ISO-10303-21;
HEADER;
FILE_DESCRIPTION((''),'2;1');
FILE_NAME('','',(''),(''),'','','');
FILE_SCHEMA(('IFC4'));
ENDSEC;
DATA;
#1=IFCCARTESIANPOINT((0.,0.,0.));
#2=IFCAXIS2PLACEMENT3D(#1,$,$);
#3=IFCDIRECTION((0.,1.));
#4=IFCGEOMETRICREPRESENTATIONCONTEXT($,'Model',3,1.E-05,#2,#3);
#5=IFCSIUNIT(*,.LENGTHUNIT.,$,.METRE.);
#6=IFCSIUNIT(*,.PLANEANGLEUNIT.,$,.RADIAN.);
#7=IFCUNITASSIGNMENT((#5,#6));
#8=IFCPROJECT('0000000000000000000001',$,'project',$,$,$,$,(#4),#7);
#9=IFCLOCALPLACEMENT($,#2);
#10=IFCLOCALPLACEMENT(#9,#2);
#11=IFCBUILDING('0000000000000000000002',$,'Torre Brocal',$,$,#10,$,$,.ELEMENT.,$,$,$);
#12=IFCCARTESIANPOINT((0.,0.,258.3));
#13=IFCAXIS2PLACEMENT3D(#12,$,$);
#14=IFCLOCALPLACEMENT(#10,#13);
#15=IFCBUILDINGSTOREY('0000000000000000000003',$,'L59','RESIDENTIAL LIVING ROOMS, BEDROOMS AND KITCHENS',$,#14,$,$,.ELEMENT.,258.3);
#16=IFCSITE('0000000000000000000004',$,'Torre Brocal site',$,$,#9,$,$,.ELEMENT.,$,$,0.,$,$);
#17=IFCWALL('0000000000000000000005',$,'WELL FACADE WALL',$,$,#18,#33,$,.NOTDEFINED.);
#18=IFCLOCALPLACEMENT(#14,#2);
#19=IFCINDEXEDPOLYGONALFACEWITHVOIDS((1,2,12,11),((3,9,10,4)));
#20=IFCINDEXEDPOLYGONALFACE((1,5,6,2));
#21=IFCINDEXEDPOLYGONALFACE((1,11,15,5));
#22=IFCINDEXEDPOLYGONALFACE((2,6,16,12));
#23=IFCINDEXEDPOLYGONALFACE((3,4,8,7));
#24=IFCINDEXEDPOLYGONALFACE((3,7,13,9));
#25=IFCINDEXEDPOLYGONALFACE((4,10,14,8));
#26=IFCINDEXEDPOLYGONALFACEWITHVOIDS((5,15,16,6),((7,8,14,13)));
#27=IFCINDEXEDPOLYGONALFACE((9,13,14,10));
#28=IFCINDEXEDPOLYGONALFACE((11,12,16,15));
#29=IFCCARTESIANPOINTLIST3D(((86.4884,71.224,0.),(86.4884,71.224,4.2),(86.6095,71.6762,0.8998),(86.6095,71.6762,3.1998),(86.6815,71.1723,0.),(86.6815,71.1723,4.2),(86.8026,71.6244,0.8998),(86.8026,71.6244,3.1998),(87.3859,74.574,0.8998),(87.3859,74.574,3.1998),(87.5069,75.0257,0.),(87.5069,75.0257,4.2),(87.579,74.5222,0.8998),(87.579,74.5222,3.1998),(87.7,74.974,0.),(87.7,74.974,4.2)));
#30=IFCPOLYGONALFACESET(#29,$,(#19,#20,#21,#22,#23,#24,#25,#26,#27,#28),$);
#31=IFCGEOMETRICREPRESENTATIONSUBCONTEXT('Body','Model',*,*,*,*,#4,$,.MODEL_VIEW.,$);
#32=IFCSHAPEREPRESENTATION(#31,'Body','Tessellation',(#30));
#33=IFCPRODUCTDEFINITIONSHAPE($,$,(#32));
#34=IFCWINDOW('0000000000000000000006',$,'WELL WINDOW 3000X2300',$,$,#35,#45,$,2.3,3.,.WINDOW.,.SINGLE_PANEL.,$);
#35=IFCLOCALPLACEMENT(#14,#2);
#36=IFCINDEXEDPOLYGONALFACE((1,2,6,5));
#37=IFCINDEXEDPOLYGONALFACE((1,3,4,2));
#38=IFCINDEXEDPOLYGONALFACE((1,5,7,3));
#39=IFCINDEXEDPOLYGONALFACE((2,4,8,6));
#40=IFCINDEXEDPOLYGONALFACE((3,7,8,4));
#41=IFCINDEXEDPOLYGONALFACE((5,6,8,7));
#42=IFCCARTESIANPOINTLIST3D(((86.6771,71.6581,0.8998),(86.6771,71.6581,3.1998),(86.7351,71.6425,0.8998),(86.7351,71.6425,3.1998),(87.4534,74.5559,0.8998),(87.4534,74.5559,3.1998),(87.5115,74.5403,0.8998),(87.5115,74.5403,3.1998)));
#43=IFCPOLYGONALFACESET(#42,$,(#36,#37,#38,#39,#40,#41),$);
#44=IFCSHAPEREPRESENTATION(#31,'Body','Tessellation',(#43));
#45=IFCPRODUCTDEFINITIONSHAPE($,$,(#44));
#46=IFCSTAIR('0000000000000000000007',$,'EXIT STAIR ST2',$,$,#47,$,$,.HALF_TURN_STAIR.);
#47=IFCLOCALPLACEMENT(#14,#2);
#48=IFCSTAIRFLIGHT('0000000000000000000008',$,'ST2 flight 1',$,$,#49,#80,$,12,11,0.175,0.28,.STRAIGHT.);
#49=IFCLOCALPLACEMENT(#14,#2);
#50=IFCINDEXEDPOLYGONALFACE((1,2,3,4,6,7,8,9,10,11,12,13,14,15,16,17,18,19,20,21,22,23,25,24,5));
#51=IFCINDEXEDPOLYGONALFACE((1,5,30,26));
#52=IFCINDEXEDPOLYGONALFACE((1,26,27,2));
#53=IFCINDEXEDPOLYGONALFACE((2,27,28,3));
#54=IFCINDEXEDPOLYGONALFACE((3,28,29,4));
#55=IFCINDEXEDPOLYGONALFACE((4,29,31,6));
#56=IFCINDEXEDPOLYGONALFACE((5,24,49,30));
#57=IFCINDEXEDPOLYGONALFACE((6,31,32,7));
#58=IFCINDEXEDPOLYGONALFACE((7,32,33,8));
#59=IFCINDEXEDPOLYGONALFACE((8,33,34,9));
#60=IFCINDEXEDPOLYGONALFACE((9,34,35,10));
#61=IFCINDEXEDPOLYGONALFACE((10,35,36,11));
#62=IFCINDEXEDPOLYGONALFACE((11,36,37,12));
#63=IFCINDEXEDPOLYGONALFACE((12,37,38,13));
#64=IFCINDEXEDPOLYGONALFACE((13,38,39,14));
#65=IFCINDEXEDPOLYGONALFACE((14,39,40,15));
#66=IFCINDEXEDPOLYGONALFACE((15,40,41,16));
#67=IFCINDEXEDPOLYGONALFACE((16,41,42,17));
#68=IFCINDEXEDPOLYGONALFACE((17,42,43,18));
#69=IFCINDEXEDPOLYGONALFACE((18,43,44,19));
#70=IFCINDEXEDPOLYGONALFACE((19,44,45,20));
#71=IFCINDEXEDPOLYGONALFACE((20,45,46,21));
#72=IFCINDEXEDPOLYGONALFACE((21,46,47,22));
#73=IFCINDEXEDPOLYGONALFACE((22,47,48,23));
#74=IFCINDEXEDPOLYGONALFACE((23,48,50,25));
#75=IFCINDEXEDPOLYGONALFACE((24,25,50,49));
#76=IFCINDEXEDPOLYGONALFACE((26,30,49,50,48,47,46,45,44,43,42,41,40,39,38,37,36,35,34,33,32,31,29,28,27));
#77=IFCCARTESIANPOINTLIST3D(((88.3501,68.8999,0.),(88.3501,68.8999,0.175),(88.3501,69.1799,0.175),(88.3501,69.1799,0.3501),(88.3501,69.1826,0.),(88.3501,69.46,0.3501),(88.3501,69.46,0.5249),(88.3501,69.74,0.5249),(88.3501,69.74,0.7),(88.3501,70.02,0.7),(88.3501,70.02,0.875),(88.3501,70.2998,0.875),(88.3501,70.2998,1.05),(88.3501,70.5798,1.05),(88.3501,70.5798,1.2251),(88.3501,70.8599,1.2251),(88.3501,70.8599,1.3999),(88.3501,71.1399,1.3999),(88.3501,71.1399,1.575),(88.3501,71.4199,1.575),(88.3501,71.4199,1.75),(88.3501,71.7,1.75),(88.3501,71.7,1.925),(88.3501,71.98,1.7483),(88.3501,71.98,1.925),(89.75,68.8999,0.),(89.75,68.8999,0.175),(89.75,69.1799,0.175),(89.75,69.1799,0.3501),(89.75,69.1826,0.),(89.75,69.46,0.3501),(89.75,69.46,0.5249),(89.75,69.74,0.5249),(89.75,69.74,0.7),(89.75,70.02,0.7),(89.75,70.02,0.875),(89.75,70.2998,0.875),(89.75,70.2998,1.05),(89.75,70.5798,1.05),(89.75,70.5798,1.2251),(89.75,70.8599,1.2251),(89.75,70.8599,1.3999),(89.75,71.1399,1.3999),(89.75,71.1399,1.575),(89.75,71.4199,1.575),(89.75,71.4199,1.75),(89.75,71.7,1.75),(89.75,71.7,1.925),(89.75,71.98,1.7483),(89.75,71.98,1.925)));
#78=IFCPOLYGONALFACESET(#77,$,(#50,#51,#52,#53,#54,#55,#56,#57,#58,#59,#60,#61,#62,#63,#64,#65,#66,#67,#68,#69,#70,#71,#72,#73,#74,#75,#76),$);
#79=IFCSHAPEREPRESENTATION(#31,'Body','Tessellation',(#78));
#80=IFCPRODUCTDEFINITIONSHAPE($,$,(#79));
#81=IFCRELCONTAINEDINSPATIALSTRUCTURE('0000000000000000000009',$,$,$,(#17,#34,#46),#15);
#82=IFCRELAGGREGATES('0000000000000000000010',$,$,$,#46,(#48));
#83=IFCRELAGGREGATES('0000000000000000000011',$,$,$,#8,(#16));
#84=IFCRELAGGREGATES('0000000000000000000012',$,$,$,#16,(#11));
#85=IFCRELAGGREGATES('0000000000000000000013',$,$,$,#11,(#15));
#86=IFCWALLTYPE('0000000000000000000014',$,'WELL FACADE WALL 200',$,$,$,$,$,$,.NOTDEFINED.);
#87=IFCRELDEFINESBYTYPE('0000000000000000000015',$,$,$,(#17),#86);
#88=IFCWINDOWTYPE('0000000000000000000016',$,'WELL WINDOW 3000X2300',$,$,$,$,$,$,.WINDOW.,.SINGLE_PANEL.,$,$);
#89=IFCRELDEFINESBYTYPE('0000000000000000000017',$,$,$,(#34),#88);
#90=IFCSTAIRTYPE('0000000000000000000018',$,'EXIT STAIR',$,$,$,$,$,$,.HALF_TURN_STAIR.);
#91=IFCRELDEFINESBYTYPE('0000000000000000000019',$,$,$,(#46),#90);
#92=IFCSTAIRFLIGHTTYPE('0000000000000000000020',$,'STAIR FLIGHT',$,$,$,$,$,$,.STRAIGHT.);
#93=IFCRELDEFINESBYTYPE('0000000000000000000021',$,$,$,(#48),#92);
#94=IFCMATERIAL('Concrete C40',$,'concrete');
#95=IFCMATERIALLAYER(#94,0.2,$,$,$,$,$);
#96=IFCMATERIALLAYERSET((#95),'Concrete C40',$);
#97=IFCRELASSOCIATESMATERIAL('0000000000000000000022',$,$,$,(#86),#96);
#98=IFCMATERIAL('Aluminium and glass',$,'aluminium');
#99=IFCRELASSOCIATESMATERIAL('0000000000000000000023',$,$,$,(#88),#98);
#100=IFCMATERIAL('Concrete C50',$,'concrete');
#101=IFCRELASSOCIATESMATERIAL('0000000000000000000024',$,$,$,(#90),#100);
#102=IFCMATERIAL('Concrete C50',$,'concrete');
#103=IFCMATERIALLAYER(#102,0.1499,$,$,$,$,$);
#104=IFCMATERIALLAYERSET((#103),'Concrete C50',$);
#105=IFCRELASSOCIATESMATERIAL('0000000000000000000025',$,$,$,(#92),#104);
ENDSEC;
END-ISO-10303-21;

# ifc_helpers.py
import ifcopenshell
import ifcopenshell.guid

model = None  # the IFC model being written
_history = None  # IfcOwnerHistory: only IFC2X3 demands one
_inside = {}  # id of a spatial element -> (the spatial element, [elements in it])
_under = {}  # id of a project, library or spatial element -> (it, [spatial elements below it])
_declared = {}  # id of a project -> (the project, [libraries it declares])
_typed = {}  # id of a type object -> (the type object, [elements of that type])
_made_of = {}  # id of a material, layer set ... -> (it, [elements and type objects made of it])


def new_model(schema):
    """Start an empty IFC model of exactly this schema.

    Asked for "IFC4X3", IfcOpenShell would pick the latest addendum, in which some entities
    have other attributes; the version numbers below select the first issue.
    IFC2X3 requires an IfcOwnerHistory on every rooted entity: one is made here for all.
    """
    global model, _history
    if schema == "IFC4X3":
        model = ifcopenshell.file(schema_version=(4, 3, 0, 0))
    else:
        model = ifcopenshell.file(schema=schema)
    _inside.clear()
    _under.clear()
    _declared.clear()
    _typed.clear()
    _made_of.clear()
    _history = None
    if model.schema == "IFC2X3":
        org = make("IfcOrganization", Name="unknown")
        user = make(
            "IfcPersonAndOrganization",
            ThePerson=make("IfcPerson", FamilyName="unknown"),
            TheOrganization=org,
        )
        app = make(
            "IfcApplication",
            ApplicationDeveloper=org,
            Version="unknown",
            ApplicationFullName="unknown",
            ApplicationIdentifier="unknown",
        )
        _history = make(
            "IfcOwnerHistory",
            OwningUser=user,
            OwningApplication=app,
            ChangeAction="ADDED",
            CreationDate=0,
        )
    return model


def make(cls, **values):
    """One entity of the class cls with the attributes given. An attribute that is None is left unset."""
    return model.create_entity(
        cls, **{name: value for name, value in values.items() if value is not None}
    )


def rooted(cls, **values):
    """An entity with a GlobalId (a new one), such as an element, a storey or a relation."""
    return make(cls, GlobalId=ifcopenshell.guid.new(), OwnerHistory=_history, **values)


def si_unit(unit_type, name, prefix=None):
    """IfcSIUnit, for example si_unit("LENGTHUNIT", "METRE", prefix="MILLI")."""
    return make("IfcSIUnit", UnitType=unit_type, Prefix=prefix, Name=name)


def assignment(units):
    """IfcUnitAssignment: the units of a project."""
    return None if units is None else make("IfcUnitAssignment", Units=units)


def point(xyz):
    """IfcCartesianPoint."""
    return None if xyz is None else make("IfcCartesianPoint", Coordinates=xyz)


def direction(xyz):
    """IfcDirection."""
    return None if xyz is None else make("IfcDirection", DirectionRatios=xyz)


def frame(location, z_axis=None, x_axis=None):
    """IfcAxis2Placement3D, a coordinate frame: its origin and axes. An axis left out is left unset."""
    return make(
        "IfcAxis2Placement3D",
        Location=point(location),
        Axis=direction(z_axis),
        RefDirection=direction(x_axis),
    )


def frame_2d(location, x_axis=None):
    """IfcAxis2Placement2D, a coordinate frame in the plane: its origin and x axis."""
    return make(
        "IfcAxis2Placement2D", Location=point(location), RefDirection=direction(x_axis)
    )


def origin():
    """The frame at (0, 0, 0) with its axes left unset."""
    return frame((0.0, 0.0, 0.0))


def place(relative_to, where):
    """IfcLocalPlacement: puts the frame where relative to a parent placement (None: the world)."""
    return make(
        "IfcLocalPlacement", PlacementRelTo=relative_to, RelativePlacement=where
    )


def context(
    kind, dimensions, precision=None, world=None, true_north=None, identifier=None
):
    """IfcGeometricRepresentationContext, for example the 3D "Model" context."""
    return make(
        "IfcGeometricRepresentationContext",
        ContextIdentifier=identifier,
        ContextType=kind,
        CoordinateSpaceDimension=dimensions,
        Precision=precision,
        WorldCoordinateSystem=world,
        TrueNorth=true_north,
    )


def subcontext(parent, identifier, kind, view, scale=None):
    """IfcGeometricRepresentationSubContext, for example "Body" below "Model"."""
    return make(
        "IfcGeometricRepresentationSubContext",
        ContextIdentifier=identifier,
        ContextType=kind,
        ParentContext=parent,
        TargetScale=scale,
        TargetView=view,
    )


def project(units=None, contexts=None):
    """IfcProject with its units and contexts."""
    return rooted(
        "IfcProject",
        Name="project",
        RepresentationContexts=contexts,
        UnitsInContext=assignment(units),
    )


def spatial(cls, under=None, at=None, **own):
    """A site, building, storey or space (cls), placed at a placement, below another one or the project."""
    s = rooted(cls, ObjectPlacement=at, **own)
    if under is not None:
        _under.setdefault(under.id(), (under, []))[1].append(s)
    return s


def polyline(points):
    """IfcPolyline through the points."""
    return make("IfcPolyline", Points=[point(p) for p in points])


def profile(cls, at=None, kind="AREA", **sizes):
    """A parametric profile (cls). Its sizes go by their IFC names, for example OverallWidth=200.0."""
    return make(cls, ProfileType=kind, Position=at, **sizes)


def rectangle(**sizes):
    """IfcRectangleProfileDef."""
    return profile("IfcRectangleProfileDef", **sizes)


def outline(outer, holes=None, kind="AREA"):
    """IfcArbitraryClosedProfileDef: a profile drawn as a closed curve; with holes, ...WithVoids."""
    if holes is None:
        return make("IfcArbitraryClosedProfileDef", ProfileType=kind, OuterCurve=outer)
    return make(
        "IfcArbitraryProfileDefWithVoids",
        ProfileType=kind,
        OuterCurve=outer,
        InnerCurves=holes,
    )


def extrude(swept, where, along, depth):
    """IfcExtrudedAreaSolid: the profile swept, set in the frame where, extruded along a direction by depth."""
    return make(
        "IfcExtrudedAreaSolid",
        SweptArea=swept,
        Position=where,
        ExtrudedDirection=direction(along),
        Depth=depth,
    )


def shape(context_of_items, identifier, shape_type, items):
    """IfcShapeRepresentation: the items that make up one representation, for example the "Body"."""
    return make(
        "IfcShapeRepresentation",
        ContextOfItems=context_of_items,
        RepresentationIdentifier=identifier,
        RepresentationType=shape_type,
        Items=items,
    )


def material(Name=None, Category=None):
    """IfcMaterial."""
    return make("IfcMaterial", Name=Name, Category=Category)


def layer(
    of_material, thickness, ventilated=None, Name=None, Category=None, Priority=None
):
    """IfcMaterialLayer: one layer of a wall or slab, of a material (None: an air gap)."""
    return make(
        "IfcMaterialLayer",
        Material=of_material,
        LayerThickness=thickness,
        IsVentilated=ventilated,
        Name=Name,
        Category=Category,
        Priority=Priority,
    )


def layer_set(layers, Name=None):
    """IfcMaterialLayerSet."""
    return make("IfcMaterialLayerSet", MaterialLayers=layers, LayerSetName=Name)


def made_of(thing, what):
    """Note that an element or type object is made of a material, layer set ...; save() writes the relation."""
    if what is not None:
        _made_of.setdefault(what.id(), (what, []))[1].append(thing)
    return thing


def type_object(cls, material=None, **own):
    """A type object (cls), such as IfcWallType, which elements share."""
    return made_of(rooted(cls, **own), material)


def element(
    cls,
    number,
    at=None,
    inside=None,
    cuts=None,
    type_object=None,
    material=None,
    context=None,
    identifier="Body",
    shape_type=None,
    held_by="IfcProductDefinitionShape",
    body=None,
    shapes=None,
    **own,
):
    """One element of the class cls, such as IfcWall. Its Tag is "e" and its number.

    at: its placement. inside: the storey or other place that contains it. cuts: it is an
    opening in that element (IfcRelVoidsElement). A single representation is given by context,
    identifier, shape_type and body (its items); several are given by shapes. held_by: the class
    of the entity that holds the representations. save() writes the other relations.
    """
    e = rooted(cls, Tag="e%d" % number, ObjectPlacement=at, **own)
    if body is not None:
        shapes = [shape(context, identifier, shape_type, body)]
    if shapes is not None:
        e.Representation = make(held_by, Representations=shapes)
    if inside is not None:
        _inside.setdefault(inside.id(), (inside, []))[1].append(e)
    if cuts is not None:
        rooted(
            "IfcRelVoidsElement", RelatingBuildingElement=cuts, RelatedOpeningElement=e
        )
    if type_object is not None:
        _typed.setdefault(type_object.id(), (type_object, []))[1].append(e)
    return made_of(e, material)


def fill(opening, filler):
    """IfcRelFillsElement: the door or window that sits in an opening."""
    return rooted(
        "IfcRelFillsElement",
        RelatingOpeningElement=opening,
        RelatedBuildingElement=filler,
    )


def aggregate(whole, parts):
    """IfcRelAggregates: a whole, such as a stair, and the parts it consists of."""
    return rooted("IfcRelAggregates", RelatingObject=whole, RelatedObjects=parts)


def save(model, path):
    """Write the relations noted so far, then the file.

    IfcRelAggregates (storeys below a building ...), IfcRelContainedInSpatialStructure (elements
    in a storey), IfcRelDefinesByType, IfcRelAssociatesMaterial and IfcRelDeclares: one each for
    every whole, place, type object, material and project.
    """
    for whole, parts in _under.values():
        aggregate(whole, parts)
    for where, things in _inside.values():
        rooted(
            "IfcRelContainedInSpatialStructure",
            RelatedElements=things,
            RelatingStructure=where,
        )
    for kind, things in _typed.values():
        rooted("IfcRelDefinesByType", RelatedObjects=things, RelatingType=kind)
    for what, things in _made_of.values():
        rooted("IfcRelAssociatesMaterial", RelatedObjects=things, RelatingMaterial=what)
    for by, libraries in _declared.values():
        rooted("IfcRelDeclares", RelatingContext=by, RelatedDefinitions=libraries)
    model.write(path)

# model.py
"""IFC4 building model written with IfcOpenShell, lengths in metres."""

from ifc_helpers import new_model, si_unit, direction, frame, frame_2d, origin, place, context, subcontext, project, spatial, polyline, rectangle, outline, extrude, material, layer, layer_set, type_object, element, fill, aggregate, save


model = new_model("IFC4")

# Units and contexts
model_context = context("Model", 3, precision=1e-05, world=origin(), true_north=direction((0.0, 1.0)))
body_context = subcontext(model_context, "Body", "Model", "MODEL_VIEW")
ifc_project = project(units=[si_unit("LENGTHUNIT", "METRE"), si_unit("PLANEANGLEUNIT", "RADIAN")], contexts=[model_context])

# Site, building, storey
site_placement = place(None, origin())
site = spatial("IfcSite", under=ifc_project, at=site_placement, Name="Torre Brocal site", CompositionType="ELEMENT", RefElevation=0.0)
building_placement = place(site_placement, origin())
building = spatial("IfcBuilding", under=site, at=building_placement, Name="Torre Brocal", CompositionType="ELEMENT")
storey_placement = place(building_placement, frame((0.0, 0.0, 258.3)))
storey = spatial("IfcBuildingStorey", under=building, at=storey_placement, Name="L59", Description="RESIDENTIAL LIVING ROOMS, BEDROOMS AND KITCHENS", CompositionType="ELEMENT", Elevation=258.3)

# Wall, opening, window
ifc_material_1 = material(Name="Concrete C40", Category="concrete")
ifc_layer_1 = layer(ifc_material_1, 0.2)
ifc_layer_set_1 = layer_set([ifc_layer_1], Name="Concrete C40")
wall_type_1 = type_object("IfcWallType", Name="WELL FACADE WALL 200", PredefinedType="NOTDEFINED", material=ifc_layer_set_1)
ifc_material_2 = material(Name="Aluminium and glass", Category="aluminium")
window_type = type_object("IfcWindowType", Name="WELL WINDOW 3000X2300", PartitioningType="SINGLE_PANEL", PredefinedType="WINDOW", material=ifc_material_2)
wall_1_placement = place(storey_placement, frame((86.585, 71.1982, 0.0), z_axis=(0.0, 0.0, 1.0), x_axis=(0.25879, 0.965934, 0.0)))
wall_1 = element("IfcWall", 1, at=wall_1_placement, inside=storey, type_object=wall_type_1, Name="WELL FACADE WALL", PredefinedType="NOTDEFINED", context=body_context, shape_type="SweptSolid", body=[
    extrude(rectangle(XDim=3.9358, YDim=0.2, at=frame_2d((1.9678, 0.0))), origin(), (0.0, 0.0, 1.0), 4.2),
])
opening_1_placement = place(wall_1_placement, frame((0.468, 0.0, 0.8999)))
opening_1 = element("IfcOpeningElement", 2, at=opening_1_placement, cuts=wall_1, PredefinedType="OPENING", context=body_context, shape_type="SweptSolid", body=[
    extrude(rectangle(XDim=3.0, YDim=2.3, at=frame_2d((1.5, 1.1499))), frame((0.0, 0.1099, 0.0), z_axis=(0.0, -1.0, 0.0), x_axis=(1.0, 0.0, 0.0)), (0.0, 0.0, 1.0), 0.22),
])
window_1_placement = place(opening_1_placement, origin())
window_1 = element("IfcWindow", 3, at=window_1_placement, inside=storey, type_object=window_type, Name="WELL WINDOW 3000X2300", OverallHeight=2.3, OverallWidth=3.0, PartitioningType="SINGLE_PANEL", PredefinedType="WINDOW", context=body_context, shape_type="SweptSolid", body=[
    extrude(rectangle(XDim=3.0, YDim=2.3, at=frame_2d((1.5, 1.1499))), frame((0.0, 0.03, 0.0), z_axis=(0.0, -1.0, 0.0), x_axis=(1.0, 0.0, 0.0)), (0.0, 0.0, 1.0), 0.0601),
])
fill(opening_1, window_1)

# Stair, stair flight
ifc_material_3 = material(Name="Concrete C50", Category="concrete")
stair_type = type_object("IfcStairType", Name="EXIT STAIR", PredefinedType="HALF_TURN_STAIR", material=ifc_material_3)
stair_placement = place(storey_placement, origin())
stair = element("IfcStair", 4, at=stair_placement, inside=storey, type_object=stair_type, Name="EXIT STAIR ST2", PredefinedType="HALF_TURN_STAIR")
ifc_material_4 = material(Name="Concrete C50", Category="concrete")
ifc_layer_2 = layer(ifc_material_4, 0.1499)
ifc_layer_set_2 = layer_set([ifc_layer_2], Name="Concrete C50")
stair_flight_type = type_object("IfcStairFlightType", Name="STAIR FLIGHT", PredefinedType="STRAIGHT", material=ifc_layer_set_2)
stair_flight_placement = place(storey_placement, frame((89.05, 68.8999, 0.0), z_axis=(0.0, 0.0, 1.0), x_axis=(0.0, 1.0, 0.0)))
stair_flight = element("IfcStairFlight", 5, at=stair_flight_placement, type_object=stair_flight_type, Name="ST2 flight 1", NumberOfRisers=12, NumberOfTreads=11, PredefinedType="STRAIGHT", RiserHeight=0.175, TreadLength=0.28, context=body_context, shape_type="SweptSolid", body=[
    extrude(outline(polyline([(0.0, 0.0), (0.0, 0.175), (0.28, 0.175), (0.28, 0.3501), (0.5601, 0.3501), (0.5601, 0.5249), (0.8401, 0.5249), (0.8401, 0.7), (1.1201, 0.7), (1.1201, 0.875), (1.3999, 0.875), (1.3999, 1.05), (1.6799, 1.05), (1.6799, 1.2251), (1.96, 1.2251), (1.96, 1.3999), (2.24, 1.3999), (2.24, 1.575), (2.52, 1.575), (2.52, 1.75), (2.8, 1.75), (2.8, 1.925), (3.0801, 1.925), (3.0801, 2.1001), (3.0801, 1.7483), (0.2827, 0.0), (0.0, 0.0)])), frame((0.0, 0.7, 0.0), z_axis=(0.0, -1.0, 0.0), x_axis=(1.0, 0.0, 0.0)), (0.0, 0.0, 1.0), 1.3999),
])
aggregate(stair, [stair_flight])

save(model, "model.ifc")
